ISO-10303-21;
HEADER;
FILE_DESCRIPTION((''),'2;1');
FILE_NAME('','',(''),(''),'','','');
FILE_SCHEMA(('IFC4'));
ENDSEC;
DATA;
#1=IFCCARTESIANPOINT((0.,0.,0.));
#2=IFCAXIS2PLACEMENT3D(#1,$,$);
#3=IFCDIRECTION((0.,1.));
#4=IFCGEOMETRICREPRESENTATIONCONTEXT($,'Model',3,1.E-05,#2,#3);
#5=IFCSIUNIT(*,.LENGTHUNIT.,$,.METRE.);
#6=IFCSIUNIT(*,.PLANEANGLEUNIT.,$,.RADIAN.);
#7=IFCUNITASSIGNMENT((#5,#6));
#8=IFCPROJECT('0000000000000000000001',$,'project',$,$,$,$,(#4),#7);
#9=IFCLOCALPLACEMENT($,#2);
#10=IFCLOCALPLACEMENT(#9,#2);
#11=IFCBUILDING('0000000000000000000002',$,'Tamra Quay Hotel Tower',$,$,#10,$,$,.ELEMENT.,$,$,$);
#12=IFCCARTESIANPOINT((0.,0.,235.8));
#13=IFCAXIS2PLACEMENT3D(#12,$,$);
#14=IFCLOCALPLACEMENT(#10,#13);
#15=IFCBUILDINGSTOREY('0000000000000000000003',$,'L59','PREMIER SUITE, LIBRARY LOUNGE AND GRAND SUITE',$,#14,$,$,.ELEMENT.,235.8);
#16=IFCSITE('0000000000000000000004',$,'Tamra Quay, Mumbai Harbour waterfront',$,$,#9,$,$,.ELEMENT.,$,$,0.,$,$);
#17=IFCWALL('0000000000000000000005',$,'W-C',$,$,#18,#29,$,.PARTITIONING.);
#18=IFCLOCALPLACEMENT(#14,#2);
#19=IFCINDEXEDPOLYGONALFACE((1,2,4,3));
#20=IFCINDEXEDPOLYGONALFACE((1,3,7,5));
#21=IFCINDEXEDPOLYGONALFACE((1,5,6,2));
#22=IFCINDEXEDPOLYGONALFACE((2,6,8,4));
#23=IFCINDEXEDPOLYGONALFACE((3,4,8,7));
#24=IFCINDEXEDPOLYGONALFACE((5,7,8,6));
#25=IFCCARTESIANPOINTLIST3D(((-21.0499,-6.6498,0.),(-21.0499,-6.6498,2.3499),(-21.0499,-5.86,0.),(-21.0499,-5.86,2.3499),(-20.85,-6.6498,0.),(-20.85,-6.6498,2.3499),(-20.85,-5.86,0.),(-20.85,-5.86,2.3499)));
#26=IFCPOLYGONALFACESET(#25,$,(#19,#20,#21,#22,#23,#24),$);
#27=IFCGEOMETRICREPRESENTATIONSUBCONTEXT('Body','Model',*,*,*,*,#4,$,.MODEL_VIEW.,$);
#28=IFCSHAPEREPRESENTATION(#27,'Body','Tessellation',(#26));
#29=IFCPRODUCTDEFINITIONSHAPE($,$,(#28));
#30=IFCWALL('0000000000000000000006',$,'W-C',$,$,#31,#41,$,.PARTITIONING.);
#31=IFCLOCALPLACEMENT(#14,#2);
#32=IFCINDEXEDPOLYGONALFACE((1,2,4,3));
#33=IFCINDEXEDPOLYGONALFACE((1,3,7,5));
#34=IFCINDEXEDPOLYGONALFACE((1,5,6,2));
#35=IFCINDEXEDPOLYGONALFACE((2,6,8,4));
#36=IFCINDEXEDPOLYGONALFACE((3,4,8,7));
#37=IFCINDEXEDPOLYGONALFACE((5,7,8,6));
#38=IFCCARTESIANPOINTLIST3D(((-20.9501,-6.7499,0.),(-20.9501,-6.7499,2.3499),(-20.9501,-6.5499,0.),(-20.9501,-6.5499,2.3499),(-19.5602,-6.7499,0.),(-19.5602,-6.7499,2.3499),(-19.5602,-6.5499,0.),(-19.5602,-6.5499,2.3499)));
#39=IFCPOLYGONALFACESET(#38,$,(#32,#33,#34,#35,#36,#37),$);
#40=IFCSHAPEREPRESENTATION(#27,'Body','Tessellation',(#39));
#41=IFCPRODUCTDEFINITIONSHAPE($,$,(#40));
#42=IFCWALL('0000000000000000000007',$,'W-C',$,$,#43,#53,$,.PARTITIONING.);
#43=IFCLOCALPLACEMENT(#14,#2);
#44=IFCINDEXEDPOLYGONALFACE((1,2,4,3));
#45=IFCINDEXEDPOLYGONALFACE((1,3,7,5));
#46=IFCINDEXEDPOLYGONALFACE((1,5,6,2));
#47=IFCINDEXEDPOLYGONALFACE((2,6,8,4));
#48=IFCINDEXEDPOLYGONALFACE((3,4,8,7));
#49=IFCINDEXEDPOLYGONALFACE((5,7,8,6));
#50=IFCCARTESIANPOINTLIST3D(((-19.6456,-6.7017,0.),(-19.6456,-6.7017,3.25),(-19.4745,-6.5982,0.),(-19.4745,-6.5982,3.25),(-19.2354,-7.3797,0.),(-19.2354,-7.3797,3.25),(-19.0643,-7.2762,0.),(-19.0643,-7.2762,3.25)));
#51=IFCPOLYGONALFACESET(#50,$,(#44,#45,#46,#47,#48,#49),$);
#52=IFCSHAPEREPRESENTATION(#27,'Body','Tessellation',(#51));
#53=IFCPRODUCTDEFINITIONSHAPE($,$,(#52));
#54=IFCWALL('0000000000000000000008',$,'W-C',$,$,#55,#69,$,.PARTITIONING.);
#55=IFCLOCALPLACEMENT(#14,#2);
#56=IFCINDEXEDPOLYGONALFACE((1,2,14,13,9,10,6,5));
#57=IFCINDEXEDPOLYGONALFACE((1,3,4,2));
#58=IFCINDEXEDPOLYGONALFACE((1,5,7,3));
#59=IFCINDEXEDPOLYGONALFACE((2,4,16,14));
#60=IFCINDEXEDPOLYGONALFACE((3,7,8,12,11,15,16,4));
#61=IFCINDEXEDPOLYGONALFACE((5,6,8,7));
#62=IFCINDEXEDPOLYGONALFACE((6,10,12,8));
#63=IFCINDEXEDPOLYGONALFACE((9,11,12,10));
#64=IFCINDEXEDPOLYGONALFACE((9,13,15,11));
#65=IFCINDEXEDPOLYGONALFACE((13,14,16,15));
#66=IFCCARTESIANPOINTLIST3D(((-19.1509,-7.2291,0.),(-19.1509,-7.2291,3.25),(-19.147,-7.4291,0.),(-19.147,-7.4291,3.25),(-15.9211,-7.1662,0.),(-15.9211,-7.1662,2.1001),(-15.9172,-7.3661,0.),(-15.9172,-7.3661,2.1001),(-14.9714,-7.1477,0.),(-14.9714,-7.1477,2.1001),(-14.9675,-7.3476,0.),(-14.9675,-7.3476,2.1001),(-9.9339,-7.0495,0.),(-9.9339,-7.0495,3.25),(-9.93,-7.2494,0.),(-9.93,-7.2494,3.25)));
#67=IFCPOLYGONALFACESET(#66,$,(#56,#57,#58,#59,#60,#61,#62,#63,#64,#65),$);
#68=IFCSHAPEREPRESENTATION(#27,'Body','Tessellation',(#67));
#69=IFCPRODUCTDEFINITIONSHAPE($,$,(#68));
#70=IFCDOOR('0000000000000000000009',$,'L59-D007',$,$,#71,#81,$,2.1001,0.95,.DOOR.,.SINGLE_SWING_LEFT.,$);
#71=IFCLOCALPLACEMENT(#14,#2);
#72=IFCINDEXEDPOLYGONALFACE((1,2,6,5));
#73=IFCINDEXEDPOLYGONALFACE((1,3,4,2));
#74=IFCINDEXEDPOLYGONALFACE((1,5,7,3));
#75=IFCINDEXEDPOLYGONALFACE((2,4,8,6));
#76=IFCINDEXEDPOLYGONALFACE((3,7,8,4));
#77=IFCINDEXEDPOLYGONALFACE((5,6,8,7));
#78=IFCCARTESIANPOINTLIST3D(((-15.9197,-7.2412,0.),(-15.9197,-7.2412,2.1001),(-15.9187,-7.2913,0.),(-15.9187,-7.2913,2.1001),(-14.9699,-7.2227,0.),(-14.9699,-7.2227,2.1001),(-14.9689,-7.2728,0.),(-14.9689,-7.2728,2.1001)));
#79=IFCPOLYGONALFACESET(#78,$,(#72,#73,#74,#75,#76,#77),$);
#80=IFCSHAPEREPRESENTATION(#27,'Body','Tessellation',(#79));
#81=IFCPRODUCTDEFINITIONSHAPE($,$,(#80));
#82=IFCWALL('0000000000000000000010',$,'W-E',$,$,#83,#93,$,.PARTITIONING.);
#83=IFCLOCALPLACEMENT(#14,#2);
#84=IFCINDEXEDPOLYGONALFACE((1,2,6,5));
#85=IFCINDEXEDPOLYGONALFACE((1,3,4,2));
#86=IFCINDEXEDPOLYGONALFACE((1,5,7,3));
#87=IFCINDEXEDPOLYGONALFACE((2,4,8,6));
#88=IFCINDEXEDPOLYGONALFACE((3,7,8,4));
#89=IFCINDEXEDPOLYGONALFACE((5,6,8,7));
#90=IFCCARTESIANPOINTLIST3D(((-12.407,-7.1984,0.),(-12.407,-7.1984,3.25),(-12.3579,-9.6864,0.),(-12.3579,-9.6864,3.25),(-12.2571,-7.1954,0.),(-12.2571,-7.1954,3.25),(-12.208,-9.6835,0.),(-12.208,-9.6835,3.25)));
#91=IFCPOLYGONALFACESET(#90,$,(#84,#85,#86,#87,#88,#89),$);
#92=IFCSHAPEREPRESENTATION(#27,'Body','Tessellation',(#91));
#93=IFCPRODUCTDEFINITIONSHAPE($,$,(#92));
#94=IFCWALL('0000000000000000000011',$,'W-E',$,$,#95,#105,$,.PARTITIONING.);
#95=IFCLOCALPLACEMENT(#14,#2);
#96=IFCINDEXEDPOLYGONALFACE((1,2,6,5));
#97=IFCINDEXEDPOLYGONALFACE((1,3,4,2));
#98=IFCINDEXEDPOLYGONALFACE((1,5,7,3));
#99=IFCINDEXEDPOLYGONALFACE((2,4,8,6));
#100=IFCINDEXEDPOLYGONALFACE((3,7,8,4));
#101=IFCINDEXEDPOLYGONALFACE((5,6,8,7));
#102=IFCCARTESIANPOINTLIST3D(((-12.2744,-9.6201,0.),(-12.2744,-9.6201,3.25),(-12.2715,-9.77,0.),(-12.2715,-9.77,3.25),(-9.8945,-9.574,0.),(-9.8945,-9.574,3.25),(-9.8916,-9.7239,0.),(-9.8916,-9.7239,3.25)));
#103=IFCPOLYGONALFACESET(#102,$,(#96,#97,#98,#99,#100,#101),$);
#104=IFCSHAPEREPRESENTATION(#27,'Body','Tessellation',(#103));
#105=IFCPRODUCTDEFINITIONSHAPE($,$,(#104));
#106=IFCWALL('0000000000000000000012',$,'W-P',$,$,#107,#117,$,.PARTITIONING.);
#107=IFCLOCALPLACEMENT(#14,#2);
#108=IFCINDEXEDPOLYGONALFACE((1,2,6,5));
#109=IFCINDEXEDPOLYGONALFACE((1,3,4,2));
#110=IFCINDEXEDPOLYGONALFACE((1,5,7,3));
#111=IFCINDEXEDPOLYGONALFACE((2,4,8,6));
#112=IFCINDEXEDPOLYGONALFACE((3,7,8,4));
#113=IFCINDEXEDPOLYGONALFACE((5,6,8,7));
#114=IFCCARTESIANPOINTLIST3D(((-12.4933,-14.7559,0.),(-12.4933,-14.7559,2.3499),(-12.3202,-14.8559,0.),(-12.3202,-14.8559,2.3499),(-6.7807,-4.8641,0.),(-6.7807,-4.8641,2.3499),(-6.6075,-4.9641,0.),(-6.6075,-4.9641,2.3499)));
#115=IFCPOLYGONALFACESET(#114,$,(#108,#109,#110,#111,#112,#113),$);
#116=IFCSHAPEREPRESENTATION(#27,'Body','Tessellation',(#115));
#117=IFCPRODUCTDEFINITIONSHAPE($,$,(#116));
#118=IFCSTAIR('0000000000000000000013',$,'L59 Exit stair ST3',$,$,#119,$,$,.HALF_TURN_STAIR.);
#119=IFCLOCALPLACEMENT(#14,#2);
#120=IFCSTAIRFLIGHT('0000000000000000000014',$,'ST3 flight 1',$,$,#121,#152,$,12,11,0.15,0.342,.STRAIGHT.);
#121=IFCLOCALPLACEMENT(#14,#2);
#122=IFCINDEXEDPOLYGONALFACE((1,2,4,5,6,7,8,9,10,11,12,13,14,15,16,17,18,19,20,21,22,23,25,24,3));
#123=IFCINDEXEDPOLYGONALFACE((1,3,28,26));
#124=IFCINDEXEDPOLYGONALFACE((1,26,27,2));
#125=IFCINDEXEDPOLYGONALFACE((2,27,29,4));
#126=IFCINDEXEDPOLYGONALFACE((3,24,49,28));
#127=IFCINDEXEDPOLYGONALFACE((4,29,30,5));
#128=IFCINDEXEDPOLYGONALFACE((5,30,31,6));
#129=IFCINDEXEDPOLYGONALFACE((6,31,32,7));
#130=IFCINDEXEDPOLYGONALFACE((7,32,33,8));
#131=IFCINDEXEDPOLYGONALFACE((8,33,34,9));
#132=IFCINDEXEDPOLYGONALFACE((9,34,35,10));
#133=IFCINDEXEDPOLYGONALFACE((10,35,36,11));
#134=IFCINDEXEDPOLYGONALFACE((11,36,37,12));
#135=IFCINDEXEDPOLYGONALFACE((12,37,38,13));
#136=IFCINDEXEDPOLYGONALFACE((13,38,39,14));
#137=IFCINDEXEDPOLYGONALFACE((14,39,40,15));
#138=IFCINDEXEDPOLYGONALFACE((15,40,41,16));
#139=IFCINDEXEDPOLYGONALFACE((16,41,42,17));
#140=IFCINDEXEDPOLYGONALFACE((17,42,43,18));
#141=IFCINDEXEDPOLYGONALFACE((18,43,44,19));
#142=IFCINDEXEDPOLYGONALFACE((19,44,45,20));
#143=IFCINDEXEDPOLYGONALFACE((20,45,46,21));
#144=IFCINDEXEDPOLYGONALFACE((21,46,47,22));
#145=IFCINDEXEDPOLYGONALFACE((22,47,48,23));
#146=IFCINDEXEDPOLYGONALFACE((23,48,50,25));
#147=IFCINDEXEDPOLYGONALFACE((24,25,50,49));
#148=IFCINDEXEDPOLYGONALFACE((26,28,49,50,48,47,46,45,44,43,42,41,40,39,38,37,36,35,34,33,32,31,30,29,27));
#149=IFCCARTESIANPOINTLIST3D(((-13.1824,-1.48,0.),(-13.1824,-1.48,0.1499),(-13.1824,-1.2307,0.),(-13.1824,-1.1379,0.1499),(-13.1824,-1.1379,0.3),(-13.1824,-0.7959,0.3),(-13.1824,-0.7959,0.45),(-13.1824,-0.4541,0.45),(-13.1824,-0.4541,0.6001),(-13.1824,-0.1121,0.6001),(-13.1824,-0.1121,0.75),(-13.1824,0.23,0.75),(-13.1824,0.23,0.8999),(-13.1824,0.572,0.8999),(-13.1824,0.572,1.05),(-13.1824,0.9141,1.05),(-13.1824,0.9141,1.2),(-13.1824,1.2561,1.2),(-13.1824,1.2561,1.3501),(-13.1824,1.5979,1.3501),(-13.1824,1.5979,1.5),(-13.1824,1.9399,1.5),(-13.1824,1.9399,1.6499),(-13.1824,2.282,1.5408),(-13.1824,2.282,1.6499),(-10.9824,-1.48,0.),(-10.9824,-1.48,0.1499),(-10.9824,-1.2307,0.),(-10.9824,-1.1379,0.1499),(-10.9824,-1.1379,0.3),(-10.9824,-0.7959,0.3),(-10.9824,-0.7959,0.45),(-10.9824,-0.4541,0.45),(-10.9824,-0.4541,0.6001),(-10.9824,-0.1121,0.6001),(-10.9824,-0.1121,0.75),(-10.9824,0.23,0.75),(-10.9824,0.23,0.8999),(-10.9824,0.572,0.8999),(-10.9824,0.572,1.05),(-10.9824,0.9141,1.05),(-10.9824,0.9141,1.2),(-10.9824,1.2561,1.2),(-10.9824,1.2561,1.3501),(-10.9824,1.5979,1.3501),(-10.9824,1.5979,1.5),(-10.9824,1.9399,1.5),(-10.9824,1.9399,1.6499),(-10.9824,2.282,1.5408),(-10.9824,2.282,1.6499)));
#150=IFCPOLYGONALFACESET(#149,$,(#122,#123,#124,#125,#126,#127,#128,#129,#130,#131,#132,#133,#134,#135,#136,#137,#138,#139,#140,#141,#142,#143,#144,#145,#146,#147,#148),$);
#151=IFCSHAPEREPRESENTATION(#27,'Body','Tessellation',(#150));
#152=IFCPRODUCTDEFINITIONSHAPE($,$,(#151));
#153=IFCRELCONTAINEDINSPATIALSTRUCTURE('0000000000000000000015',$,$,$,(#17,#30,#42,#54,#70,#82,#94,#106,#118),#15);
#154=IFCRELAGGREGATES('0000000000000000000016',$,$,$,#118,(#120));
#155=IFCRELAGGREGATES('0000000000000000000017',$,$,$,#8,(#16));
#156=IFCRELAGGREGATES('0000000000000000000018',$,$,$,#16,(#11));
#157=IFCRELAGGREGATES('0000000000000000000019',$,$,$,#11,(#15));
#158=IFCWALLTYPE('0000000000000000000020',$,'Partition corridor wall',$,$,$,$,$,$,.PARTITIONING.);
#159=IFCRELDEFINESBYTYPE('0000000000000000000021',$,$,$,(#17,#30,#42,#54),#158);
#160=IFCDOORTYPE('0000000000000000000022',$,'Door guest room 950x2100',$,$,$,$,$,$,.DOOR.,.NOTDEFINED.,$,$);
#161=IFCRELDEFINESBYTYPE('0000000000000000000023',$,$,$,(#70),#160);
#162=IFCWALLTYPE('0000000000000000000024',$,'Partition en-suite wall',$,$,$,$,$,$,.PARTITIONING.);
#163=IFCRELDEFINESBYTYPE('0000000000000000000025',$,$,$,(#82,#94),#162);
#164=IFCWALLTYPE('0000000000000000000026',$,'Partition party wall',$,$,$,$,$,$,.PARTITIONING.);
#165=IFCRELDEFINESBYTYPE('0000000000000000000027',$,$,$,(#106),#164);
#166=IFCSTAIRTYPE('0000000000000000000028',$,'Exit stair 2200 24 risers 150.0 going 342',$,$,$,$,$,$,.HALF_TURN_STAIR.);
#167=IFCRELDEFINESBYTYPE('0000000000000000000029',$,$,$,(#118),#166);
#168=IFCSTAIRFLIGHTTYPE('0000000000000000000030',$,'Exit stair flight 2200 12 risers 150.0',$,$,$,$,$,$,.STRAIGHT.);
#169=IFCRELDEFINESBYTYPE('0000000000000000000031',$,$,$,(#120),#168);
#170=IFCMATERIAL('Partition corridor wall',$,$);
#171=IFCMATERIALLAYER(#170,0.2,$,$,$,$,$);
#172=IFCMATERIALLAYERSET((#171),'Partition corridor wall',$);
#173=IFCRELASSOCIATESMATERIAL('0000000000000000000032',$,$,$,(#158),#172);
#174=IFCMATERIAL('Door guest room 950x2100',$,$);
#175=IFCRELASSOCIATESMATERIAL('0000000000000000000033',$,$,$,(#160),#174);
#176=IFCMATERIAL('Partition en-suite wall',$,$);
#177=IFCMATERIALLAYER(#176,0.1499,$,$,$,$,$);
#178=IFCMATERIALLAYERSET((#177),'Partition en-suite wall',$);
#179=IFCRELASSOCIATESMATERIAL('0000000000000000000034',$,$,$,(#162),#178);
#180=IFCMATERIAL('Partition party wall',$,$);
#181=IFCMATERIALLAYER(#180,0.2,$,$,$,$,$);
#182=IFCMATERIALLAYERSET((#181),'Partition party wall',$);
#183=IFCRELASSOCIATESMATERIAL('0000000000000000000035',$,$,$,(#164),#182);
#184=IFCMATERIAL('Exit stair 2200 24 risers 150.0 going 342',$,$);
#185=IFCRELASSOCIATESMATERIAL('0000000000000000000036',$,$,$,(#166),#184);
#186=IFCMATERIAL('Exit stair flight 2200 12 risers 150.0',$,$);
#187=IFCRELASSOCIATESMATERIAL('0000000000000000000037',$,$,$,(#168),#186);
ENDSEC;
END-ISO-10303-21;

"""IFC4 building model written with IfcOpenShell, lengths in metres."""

from ifc_helpers import new_model, si_unit, direction, frame, frame_2d, origin, place, context, subcontext, project, spatial, polyline, rectangle, outline, extrude, material, layer, layer_set, type_object, element, fill, aggregate, save


model = new_model("IFC4")

# Units and contexts
model_context = context("Model", 3, precision=1e-05, world=origin(), true_north=direction((0.0, 1.0)))
body_context = subcontext(model_context, "Body", "Model", "MODEL_VIEW")
ifc_project = project(units=[si_unit("LENGTHUNIT", "METRE"), si_unit("PLANEANGLEUNIT", "RADIAN")], contexts=[model_context])

# Site, building, storey
site_placement = place(None, origin())
site = spatial("IfcSite", under=ifc_project, at=site_placement, Name="Tamra Quay, Mumbai Harbour waterfront", CompositionType="ELEMENT", RefElevation=0.0)
building_placement = place(site_placement, origin())
building = spatial("IfcBuilding", under=site, at=building_placement, Name="Tamra Quay Hotel Tower", CompositionType="ELEMENT")
storey_placement = place(building_placement, frame((0.0, 0.0, 235.8)))
storey = spatial("IfcBuildingStorey", under=building, at=storey_placement, Name="L59", Description="PREMIER SUITE, LIBRARY LOUNGE AND GRAND SUITE", CompositionType="ELEMENT", Elevation=235.8)

# Walls
ifc_material_1 = material(Name="Partition corridor wall")
ifc_layer_1 = layer(ifc_material_1, 0.2)
ifc_layer_set_1 = layer_set([ifc_layer_1], Name="Partition corridor wall")
wall_type_1 = type_object("IfcWallType", Name="Partition corridor wall", PredefinedType="PARTITIONING", material=ifc_layer_set_1)
wall_1_placement = place(storey_placement, frame((-20.95, -6.6499, 0.0), z_axis=(0.0, 0.0, 1.0), x_axis=(0.0, 1.0, 0.0)))
element("IfcWall", 1, at=wall_1_placement, inside=storey, type_object=wall_type_1, Name="W-C", PredefinedType="PARTITIONING", context=body_context, shape_type="SweptSolid", body=[
    extrude(rectangle(XDim=0.7898, YDim=0.2, at=frame_2d((0.395, 0.0))), origin(), (0.0, 0.0, 1.0), 2.3499),
])
wall_2_placement = place(storey_placement, frame((-20.95, -6.6499, 0.0), z_axis=(0.0, 0.0, 1.0), x_axis=(1.0, 0.0, 0.0)))
element("IfcWall", 2, at=wall_2_placement, inside=storey, type_object=wall_type_1, Name="W-C", PredefinedType="PARTITIONING", context=body_context, shape_type="SweptSolid", body=[
    extrude(rectangle(XDim=1.3899, YDim=0.2, at=frame_2d((0.6948, 0.0))), origin(), (0.0, 0.0, 1.0), 2.3499),
])
wall_3_placement = place(storey_placement, frame((-19.5601, -6.6499, 0.0), z_axis=(0.0, 0.0, 1.0), x_axis=(0.517619, -0.855611, 0.0)))
element("IfcWall", 3, at=wall_3_placement, inside=storey, type_object=wall_type_1, Name="W-C", PredefinedType="PARTITIONING", context=body_context, shape_type="SweptSolid", body=[
    extrude(rectangle(XDim=0.7925, YDim=0.2, at=frame_2d((0.3962, 0.0))), origin(), (0.0, 0.0, 1.0), 3.25),
])

# Wall, opening, door
wall_4_placement = place(storey_placement, frame((-19.1489, -7.3291, 0.0), z_axis=(0.0, 0.0, 1.0), x_axis=(0.99981, 0.019491, 0.0)))
wall_4 = element("IfcWall", 4, at=wall_4_placement, inside=storey, type_object=wall_type_1, Name="W-C", PredefinedType="PARTITIONING", context=body_context, shape_type="SweptSolid", body=[
    extrude(rectangle(XDim=9.2188, YDim=0.2, at=frame_2d((4.6094, 0.0))), origin(), (0.0, 0.0, 1.0), 3.25),
])
opening_1_placement = place(wall_4_placement, frame((3.2302, 0.0, 0.0)))
opening_1 = element("IfcOpeningElement", 5, at=opening_1_placement, cuts=wall_4, PredefinedType="OPENING", context=body_context, shape_type="SweptSolid", body=[
    extrude(rectangle(XDim=0.95, YDim=2.1001, at=frame_2d((0.4751, 1.05))), frame((0.0, 0.1099, 0.0), z_axis=(0.0, -1.0, 0.0), x_axis=(1.0, 0.0, 0.0)), (0.0, 0.0, 1.0), 0.22),
])
ifc_material_2 = material(Name="Door guest room 950x2100")
door_type_1 = type_object("IfcDoorType", Name="Door guest room 950x2100", OperationType="NOTDEFINED", PredefinedType="DOOR", material=ifc_material_2)
door_1_placement = place(opening_1_placement, origin())
door_1 = element("IfcDoor", 6, at=door_1_placement, inside=storey, type_object=door_type_1, Name="L59-D007", OperationType="SINGLE_SWING_LEFT", OverallHeight=2.1001, OverallWidth=0.95, PredefinedType="DOOR", context=body_context, shape_type="SweptSolid", body=[
    extrude(rectangle(XDim=0.95, YDim=2.1001, at=frame_2d((0.4751, 1.05))), frame((0.0, 0.0249, 0.0), z_axis=(0.0, -1.0, 0.0), x_axis=(1.0, 0.0, 0.0)), (0.0, 0.0, 1.0), 0.05),
])
fill(opening_1, door_1)

# Walls
ifc_material_3 = material(Name="Partition en-suite wall")
ifc_layer_2 = layer(ifc_material_3, 0.1499)
ifc_layer_set_2 = layer_set([ifc_layer_2], Name="Partition en-suite wall")
wall_type_2 = type_object("IfcWallType", Name="Partition en-suite wall", PredefinedType="PARTITIONING", material=ifc_layer_set_2)
wall_5_placement = place(storey_placement, frame((-12.332, -7.197, 0.0), z_axis=(0.0, 0.0, 1.0), x_axis=(0.019719, -0.999806, 0.0)))
element("IfcWall", 7, at=wall_5_placement, inside=storey, type_object=wall_type_2, Name="W-E", PredefinedType="PARTITIONING", context=body_context, shape_type="SweptSolid", body=[
    extrude(rectangle(XDim=2.4885, YDim=0.1499, at=frame_2d((1.2441, 0.0))), origin(), (0.0, 0.0, 1.0), 3.25),
])
wall_6_placement = place(storey_placement, frame((-12.2729, -9.6951, 0.0), z_axis=(0.0, 0.0, 1.0), x_axis=(0.999812, 0.019385, 0.0)))
element("IfcWall", 8, at=wall_6_placement, inside=storey, type_object=wall_type_2, Name="W-E", PredefinedType="PARTITIONING", context=body_context, shape_type="SweptSolid", body=[
    extrude(rectangle(XDim=2.3804, YDim=0.1499, at=frame_2d((1.1902, 0.0))), origin(), (0.0, 0.0, 1.0), 3.25),
])
ifc_material_4 = material(Name="Partition party wall")
ifc_layer_3 = layer(ifc_material_4, 0.2)
ifc_layer_set_3 = layer_set([ifc_layer_3], Name="Partition party wall")
wall_type_3 = type_object("IfcWallType", Name="Partition party wall", PredefinedType="PARTITIONING", material=ifc_layer_set_3)
wall_7_placement = place(storey_placement, frame((-12.4067, -14.8059, 0.0), z_axis=(0.0, 0.0, 1.0), x_axis=(0.500104, 0.865965, 0.0)))
element("IfcWall", 9, at=wall_7_placement, inside=storey, type_object=wall_type_3, Name="W-P", PredefinedType="PARTITIONING", context=body_context, shape_type="SweptSolid", body=[
    extrude(rectangle(XDim=11.4229, YDim=0.2, at=frame_2d((5.7114, 0.0))), origin(), (0.0, 0.0, 1.0), 2.3499),
])

# Stair, stair flight
ifc_material_5 = material(Name="Exit stair 2200 24 risers 150.0 going 342")
stair_type = type_object("IfcStairType", Name="Exit stair 2200 24 risers 150.0 going 342", PredefinedType="HALF_TURN_STAIR", material=ifc_material_5)
stair_placement = place(storey_placement, origin())
stair = element("IfcStair", 10, at=stair_placement, inside=storey, type_object=stair_type, Name="L59 Exit stair ST3", PredefinedType="HALF_TURN_STAIR")
ifc_material_6 = material(Name="Exit stair flight 2200 12 risers 150.0")
stair_flight_type = type_object("IfcStairFlightType", Name="Exit stair flight 2200 12 risers 150.0", PredefinedType="STRAIGHT", material=ifc_material_6)
stair_flight_placement = place(storey_placement, frame((-12.0823, -1.48, 0.0), z_axis=(0.0, 0.0, 1.0), x_axis=(0.0, 1.0, 0.0)))
stair_flight = element("IfcStairFlight", 11, at=stair_flight_placement, type_object=stair_flight_type, Name="ST3 flight 1", NumberOfRisers=12, NumberOfTreads=11, PredefinedType="STRAIGHT", RiserHeight=0.15, TreadLength=0.342, context=body_context, shape_type="SweptSolid", body=[
    extrude(outline(polyline([(0.0, 0.0), (0.0, 0.1499), (0.342, 0.1499), (0.342, 0.3), (0.6841, 0.3), (0.6841, 0.45), (1.0259, 0.45), (1.0259, 0.6001), (1.3679, 0.6001), (1.3679, 0.75), (1.71, 0.75), (1.71, 0.8999), (2.052, 0.8999), (2.052, 1.05), (2.394, 1.05), (2.394, 1.2), (2.7361, 1.2), (2.7361, 1.3501), (3.0779, 1.3501), (3.0779, 1.5), (3.4199, 1.5), (3.4199, 1.6499), (3.762, 1.6499), (3.762, 1.8), (3.762, 1.5408), (0.2493, 0.0), (0.0, 0.0)])), frame((0.0, 1.1001, 0.0), z_axis=(0.0, -1.0, 0.0), x_axis=(1.0, 0.0, 0.0)), (0.0, 0.0, 1.0), 2.2),
])
aggregate(stair, [stair_flight])

save(model, "model.ifc")
